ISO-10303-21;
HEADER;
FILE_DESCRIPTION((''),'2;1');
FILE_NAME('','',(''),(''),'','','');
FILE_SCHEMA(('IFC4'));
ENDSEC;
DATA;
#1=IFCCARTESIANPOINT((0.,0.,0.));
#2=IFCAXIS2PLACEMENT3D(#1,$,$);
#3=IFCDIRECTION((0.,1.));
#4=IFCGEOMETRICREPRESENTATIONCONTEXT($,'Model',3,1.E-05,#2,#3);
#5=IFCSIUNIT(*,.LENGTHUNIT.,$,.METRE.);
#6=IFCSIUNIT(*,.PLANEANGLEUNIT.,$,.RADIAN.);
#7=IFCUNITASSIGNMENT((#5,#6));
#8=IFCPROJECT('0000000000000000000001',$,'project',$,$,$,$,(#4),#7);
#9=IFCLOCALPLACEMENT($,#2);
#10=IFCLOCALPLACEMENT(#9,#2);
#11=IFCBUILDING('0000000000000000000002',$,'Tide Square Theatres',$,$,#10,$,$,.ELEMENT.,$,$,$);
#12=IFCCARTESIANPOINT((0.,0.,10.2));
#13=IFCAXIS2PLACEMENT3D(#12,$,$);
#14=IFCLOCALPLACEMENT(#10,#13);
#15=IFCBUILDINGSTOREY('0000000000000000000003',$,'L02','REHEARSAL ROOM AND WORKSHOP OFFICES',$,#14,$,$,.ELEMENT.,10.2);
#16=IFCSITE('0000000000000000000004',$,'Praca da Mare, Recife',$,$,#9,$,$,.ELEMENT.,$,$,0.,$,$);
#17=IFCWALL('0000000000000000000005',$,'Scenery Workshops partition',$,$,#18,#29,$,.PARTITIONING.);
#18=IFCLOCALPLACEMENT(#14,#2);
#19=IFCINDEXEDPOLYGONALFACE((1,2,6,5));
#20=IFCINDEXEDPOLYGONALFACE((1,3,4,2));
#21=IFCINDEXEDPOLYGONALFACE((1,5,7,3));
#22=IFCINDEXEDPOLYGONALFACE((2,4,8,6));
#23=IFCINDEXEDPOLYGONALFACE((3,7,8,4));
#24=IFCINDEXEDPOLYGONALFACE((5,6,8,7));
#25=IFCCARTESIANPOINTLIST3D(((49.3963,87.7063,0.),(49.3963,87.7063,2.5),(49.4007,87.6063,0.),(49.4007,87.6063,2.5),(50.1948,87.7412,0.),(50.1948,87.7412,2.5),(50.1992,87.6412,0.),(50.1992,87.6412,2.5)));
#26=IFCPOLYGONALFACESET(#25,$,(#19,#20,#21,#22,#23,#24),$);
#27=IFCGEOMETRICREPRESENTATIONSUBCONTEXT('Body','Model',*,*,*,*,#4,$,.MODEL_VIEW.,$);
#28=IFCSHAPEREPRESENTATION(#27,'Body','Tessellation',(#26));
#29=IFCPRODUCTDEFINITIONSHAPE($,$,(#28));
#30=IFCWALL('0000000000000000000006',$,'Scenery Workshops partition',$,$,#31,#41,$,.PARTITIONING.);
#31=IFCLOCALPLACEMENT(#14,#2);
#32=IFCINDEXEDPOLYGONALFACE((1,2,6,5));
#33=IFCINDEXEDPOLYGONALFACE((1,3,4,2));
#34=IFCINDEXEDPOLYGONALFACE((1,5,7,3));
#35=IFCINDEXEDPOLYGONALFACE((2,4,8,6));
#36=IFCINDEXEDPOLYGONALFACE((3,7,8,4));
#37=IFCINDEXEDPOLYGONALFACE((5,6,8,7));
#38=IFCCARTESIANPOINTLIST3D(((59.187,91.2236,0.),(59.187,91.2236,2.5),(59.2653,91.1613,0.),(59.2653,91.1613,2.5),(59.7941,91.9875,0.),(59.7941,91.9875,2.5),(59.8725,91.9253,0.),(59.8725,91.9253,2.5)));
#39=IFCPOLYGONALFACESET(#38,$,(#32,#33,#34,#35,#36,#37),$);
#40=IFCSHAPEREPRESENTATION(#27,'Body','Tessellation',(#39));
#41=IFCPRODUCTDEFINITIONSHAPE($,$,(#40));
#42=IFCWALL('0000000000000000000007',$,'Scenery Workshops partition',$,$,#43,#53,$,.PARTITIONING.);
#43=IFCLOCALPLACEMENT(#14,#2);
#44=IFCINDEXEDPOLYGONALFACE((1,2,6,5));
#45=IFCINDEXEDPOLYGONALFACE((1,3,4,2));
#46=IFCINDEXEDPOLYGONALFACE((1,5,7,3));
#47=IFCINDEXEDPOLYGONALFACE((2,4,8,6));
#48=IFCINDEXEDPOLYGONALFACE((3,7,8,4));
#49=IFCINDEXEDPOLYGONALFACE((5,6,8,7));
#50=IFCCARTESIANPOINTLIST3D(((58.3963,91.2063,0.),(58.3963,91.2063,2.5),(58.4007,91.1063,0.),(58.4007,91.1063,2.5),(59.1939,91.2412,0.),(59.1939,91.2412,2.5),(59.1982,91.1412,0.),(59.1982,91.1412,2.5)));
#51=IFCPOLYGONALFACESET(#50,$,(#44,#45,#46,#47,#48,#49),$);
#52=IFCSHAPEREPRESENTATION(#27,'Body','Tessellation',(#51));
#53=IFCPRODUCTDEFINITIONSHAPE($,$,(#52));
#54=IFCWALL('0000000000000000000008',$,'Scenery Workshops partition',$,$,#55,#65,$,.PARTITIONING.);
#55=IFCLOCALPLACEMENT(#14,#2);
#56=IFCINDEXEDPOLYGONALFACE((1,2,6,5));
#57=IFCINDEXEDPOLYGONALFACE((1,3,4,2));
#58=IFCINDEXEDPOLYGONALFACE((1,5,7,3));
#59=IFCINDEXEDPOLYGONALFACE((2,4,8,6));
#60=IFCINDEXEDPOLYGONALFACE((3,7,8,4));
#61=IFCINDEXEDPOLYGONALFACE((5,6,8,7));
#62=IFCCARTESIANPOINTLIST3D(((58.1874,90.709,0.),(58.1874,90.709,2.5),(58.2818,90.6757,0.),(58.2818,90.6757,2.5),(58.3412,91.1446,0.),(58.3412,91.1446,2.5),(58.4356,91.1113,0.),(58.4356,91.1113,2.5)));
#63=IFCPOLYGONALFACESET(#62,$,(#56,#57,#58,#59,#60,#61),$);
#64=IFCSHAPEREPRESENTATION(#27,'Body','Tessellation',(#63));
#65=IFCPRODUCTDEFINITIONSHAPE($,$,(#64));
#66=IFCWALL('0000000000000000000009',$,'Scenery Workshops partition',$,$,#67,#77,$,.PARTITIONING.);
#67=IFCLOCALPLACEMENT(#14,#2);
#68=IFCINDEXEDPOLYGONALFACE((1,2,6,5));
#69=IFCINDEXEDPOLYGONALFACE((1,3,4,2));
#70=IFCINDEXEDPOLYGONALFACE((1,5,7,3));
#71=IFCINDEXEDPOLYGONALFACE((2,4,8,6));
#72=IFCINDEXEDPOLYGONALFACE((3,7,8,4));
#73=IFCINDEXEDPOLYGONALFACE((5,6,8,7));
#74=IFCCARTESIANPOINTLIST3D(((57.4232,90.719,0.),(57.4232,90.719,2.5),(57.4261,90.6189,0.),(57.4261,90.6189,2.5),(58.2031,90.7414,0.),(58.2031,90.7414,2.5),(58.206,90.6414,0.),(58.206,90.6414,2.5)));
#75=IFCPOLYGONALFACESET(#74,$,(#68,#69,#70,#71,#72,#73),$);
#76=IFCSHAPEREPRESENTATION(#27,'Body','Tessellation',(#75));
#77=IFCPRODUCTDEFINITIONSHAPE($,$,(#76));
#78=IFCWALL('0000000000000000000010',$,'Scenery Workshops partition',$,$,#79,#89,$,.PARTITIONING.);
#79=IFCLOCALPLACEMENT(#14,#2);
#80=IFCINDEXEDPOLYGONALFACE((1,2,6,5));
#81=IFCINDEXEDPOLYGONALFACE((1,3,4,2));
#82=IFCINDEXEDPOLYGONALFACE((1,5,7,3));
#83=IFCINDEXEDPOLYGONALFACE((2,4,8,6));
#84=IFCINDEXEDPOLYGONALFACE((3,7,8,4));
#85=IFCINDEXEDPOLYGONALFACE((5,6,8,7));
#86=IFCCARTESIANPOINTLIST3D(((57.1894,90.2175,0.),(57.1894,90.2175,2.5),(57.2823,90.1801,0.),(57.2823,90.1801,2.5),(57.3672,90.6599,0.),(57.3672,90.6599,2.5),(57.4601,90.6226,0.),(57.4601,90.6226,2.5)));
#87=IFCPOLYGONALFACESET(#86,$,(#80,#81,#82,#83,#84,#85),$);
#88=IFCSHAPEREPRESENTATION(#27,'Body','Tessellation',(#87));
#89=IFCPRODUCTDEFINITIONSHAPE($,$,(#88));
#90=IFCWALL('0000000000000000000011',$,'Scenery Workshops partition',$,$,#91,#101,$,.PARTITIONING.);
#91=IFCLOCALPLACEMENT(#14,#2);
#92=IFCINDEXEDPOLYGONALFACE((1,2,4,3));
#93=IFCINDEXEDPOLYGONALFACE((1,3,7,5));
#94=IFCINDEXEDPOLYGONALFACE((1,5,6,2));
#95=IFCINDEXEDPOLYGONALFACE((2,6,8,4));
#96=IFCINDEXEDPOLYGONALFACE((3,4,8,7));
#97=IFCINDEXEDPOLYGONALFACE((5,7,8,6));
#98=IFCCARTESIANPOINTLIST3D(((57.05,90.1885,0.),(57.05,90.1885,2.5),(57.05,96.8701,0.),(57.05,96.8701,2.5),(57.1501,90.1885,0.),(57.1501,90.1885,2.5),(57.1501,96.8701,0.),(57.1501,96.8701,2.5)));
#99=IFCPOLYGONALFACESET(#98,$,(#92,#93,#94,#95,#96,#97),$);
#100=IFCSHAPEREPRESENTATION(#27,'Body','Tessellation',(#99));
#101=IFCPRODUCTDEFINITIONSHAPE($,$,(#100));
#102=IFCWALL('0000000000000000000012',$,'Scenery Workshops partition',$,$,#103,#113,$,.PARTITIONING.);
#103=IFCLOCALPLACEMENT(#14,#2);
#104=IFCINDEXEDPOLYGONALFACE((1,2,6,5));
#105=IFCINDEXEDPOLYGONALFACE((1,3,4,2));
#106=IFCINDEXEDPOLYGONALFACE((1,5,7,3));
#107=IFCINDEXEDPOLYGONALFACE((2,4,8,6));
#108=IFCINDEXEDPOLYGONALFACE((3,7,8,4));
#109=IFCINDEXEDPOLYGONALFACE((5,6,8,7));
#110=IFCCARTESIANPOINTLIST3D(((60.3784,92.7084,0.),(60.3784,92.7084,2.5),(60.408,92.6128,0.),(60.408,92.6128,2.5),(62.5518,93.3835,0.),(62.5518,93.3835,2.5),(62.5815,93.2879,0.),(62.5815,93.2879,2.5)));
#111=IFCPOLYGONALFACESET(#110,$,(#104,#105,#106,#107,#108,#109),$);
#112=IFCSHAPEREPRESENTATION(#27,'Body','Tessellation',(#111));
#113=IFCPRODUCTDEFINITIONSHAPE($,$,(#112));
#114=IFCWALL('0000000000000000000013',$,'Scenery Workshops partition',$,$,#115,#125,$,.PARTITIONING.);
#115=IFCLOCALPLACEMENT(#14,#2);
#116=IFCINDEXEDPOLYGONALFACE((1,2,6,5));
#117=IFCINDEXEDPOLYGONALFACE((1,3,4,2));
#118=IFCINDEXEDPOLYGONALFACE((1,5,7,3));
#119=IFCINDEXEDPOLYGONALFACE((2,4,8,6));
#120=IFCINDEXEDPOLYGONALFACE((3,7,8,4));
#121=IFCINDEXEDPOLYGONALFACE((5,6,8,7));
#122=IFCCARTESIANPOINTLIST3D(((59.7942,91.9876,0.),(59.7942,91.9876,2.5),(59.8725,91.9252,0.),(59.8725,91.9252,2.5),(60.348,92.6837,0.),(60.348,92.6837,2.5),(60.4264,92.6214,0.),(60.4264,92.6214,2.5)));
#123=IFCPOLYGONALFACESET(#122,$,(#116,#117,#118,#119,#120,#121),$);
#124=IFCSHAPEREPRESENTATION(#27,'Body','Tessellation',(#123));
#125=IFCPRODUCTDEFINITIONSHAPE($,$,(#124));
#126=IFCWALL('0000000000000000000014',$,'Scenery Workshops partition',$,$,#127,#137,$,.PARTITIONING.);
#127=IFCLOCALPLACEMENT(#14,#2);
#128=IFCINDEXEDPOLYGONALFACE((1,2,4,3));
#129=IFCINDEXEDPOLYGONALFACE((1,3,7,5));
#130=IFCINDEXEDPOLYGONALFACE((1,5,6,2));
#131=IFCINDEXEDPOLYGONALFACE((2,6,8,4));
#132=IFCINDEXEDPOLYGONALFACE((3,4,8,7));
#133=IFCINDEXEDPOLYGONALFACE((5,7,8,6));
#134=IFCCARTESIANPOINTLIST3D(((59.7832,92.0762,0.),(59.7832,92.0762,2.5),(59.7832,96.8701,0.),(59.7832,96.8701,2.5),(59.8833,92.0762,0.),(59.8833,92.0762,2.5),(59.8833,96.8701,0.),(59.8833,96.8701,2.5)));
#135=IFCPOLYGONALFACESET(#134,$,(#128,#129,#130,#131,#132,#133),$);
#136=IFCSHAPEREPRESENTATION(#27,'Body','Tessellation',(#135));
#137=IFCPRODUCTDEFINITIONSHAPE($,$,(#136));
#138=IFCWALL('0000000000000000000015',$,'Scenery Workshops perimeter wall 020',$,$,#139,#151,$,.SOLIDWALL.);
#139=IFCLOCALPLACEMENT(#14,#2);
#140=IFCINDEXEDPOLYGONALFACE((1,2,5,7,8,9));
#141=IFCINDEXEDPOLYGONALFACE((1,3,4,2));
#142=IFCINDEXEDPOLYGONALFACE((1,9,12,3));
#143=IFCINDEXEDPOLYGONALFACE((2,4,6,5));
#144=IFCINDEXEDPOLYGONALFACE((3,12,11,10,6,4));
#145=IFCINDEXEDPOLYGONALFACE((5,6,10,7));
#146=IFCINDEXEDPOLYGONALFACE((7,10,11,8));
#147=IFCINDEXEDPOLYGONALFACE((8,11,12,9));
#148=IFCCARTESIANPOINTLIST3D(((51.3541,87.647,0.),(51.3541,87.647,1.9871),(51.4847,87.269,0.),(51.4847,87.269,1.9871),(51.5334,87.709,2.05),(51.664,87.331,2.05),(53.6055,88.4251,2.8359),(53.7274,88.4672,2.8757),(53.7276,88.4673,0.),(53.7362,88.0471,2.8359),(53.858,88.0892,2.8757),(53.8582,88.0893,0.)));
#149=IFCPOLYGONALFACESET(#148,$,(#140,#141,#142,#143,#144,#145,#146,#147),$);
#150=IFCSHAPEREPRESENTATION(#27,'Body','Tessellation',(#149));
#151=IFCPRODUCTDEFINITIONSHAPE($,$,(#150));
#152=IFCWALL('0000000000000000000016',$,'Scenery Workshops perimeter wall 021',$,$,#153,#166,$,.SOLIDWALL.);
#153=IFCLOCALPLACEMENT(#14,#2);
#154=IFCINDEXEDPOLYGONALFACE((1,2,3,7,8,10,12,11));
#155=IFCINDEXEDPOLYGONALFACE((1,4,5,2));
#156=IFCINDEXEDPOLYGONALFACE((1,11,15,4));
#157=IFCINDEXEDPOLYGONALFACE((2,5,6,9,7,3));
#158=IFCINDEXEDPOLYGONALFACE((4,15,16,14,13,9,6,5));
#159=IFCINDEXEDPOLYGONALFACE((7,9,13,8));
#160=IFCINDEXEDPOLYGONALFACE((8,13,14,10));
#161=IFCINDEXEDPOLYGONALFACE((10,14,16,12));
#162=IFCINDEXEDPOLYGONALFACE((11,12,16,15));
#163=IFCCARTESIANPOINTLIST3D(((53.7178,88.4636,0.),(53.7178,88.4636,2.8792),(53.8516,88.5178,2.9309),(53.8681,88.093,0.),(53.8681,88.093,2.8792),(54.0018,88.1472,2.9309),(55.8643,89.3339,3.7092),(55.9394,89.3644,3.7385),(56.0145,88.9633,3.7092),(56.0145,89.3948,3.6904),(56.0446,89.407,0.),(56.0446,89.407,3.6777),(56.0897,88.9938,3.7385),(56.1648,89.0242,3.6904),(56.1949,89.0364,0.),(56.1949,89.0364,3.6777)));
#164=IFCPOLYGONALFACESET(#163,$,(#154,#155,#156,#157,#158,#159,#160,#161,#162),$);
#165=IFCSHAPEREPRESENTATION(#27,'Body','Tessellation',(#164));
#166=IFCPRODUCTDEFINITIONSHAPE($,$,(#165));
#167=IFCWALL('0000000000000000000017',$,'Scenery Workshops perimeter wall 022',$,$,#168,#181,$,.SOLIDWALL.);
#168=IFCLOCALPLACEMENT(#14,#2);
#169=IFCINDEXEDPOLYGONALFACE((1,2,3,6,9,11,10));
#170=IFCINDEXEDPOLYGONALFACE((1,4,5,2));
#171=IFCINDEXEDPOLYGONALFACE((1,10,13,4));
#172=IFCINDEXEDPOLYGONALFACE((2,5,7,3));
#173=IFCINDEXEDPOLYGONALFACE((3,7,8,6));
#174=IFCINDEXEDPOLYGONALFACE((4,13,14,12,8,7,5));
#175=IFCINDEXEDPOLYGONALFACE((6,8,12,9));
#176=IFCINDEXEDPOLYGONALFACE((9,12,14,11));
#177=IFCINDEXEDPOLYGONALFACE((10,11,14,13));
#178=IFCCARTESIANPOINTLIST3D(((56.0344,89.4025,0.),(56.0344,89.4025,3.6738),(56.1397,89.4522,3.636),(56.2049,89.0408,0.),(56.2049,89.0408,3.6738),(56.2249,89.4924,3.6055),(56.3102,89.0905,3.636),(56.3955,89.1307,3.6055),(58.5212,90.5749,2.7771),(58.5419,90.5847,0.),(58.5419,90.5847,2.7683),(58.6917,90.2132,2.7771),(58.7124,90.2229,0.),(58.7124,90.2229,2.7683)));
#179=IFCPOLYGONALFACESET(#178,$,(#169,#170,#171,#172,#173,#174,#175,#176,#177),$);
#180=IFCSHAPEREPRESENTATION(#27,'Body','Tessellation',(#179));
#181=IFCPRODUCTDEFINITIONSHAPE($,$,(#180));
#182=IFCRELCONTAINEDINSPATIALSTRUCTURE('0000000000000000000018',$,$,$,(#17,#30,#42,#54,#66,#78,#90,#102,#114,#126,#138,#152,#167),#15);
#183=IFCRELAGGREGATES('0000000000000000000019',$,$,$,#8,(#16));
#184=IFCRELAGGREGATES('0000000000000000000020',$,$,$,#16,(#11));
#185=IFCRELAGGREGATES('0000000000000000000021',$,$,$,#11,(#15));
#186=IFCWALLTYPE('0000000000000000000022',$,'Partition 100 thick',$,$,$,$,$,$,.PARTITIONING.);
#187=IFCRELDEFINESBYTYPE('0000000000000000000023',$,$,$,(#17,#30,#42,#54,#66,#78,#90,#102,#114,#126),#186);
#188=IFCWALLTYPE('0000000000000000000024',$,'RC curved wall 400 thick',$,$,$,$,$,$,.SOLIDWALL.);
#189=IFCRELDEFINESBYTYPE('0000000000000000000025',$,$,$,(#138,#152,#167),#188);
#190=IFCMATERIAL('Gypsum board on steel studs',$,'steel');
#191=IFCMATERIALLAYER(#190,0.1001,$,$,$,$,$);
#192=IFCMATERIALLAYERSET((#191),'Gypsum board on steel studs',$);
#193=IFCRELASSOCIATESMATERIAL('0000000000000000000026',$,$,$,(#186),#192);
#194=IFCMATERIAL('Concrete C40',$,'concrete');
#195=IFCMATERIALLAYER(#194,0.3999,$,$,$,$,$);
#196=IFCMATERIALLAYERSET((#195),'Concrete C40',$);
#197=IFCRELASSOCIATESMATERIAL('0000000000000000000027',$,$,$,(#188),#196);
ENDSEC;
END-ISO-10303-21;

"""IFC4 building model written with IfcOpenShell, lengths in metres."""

from ifc_helpers import new_model, si_unit, direction, frame, frame_2d, origin, place, context, subcontext, project, spatial, polyline, rectangle, outline, extrude, material, layer, layer_set, type_object, element, save


model = new_model("IFC4")

# Units and contexts
model_context = context("Model", 3, precision=1e-05, world=origin(), true_north=direction((0.0, 1.0)))
body_context = subcontext(model_context, "Body", "Model", "MODEL_VIEW")
ifc_project = project(units=[si_unit("LENGTHUNIT", "METRE"), si_unit("PLANEANGLEUNIT", "RADIAN")], contexts=[model_context])

# Site, building, storey
site_placement = place(None, origin())
site = spatial("IfcSite", under=ifc_project, at=site_placement, Name="Praca da Mare, Recife", CompositionType="ELEMENT", RefElevation=0.0)
building_placement = place(site_placement, origin())
building = spatial("IfcBuilding", under=site, at=building_placement, Name="Tide Square Theatres", CompositionType="ELEMENT")
storey_placement = place(building_placement, frame((0.0, 0.0, 10.2)))
storey = spatial("IfcBuildingStorey", under=building, at=storey_placement, Name="L02", Description="REHEARSAL ROOM AND WORKSHOP OFFICES", CompositionType="ELEMENT", Elevation=10.2)

# Walls
ifc_material_1 = material(Name="Gypsum board on steel studs", Category="steel")
ifc_layer_1 = layer(ifc_material_1, 0.1001)
ifc_layer_set_1 = layer_set([ifc_layer_1], Name="Gypsum board on steel studs")
wall_type_1 = type_object("IfcWallType", Name="Partition 100 thick", PredefinedType="PARTITIONING", material=ifc_layer_set_1)
wall_1_placement = place(storey_placement, frame((50.197, 87.6912, 0.0), z_axis=(0.0, 0.0, 1.0), x_axis=(-0.999046, -0.043676, 0.0)))
element("IfcWall", 1, at=wall_1_placement, inside=storey, type_object=wall_type_1, Name="Scenery Workshops partition", PredefinedType="PARTITIONING", context=body_context, shape_type="SweptSolid", body=[
    extrude(rectangle(XDim=0.7993, YDim=0.1001, at=frame_2d((0.3997, 0.0))), origin(), (0.0, 0.0, 1.0), 2.5),
])
wall_2_placement = place(storey_placement, frame((59.8333, 91.9563, 0.0), z_axis=(0.0, 0.0, 1.0), x_axis=(-0.622221, -0.782842, 0.0)))
element("IfcWall", 2, at=wall_2_placement, inside=storey, type_object=wall_type_1, Name="Scenery Workshops partition", PredefinedType="PARTITIONING", context=body_context, shape_type="SweptSolid", body=[
    extrude(rectangle(XDim=0.9758, YDim=0.1001, at=frame_2d((0.4878, 0.0))), origin(), (0.0, 0.0, 1.0), 2.5),
])
wall_3_placement = place(storey_placement, frame((59.196, 91.1912, 0.0), z_axis=(0.0, 0.0, 1.0), x_axis=(-0.999043, -0.043729, 0.0)))
element("IfcWall", 3, at=wall_3_placement, inside=storey, type_object=wall_type_1, Name="Scenery Workshops partition", PredefinedType="PARTITIONING", context=body_context, shape_type="SweptSolid", body=[
    extrude(rectangle(XDim=0.7983, YDim=0.1001, at=frame_2d((0.3992, 0.0))), origin(), (0.0, 0.0, 1.0), 2.5),
])
wall_4_placement = place(storey_placement, frame((58.3884, 91.1279, 0.0), z_axis=(0.0, 0.0, 1.0), x_axis=(-0.332986, -0.942932, 0.0)))
element("IfcWall", 4, at=wall_4_placement, inside=storey, type_object=wall_type_1, Name="Scenery Workshops partition", PredefinedType="PARTITIONING", context=body_context, shape_type="SweptSolid", body=[
    extrude(rectangle(XDim=0.4619, YDim=0.1001, at=frame_2d((0.231, 0.0))), origin(), (0.0, 0.0, 1.0), 2.5),
])
wall_5_placement = place(storey_placement, frame((58.2046, 90.6914, 0.0), z_axis=(0.0, 0.0, 1.0), x_axis=(-0.999586, -0.028783, 0.0)))
element("IfcWall", 5, at=wall_5_placement, inside=storey, type_object=wall_type_1, Name="Scenery Workshops partition", PredefinedType="PARTITIONING", context=body_context, shape_type="SweptSolid", body=[
    extrude(rectangle(XDim=0.7803, YDim=0.1001, at=frame_2d((0.3901, 0.0))), origin(), (0.0, 0.0, 1.0), 2.5),
])
wall_6_placement = place(storey_placement, frame((57.4136, 90.6411, 0.0), z_axis=(0.0, 0.0, 1.0), x_axis=(-0.372803, -0.927911, 0.0)))
element("IfcWall", 6, at=wall_6_placement, inside=storey, type_object=wall_type_1, Name="Scenery Workshops partition", PredefinedType="PARTITIONING", context=body_context, shape_type="SweptSolid", body=[
    extrude(rectangle(XDim=0.4768, YDim=0.1001, at=frame_2d((0.2383, 0.0))), origin(), (0.0, 0.0, 1.0), 2.5),
])
wall_7_placement = place(storey_placement, frame((57.1001, 90.1885, 0.0), z_axis=(0.0, 0.0, 1.0), x_axis=(0.0, 1.0, 0.0)))
element("IfcWall", 7, at=wall_7_placement, inside=storey, type_object=wall_type_1, Name="Scenery Workshops partition", PredefinedType="PARTITIONING", context=body_context, shape_type="SweptSolid", body=[
    extrude(rectangle(XDim=6.6816, YDim=0.1001, at=frame_2d((3.3408, 0.0))), origin(), (0.0, 0.0, 1.0), 2.5),
])
wall_8_placement = place(storey_placement, frame((62.5667, 93.3357, 0.0), z_axis=(0.0, 0.0, 1.0), x_axis=(-0.954994, -0.296625, 0.0)))
element("IfcWall", 8, at=wall_8_placement, inside=storey, type_object=wall_type_1, Name="Scenery Workshops partition", PredefinedType="PARTITIONING", context=body_context, shape_type="SweptSolid", body=[
    extrude(rectangle(XDim=2.2759, YDim=0.1001, at=frame_2d((1.1379, 0.0))), origin(), (0.0, 0.0, 1.0), 2.5),
])
wall_9_placement = place(storey_placement, frame((60.3872, 92.6526, 0.0), z_axis=(0.0, 0.0, 1.0), x_axis=(-0.622585, -0.782552, 0.0)))
element("IfcWall", 9, at=wall_9_placement, inside=storey, type_object=wall_type_1, Name="Scenery Workshops partition", PredefinedType="PARTITIONING", context=body_context, shape_type="SweptSolid", body=[
    extrude(rectangle(XDim=0.8896, YDim=0.1001, at=frame_2d((0.4448, 0.0))), origin(), (0.0, 0.0, 1.0), 2.5),
])
wall_10_placement = place(storey_placement, frame((59.8333, 96.8701, 0.0), z_axis=(0.0, 0.0, 1.0), x_axis=(0.0, -1.0, 0.0)))
element("IfcWall", 10, at=wall_10_placement, inside=storey, type_object=wall_type_1, Name="Scenery Workshops partition", PredefinedType="PARTITIONING", context=body_context, shape_type="SweptSolid", body=[
    extrude(rectangle(XDim=4.7939, YDim=0.1001, at=frame_2d((2.397, 0.0))), origin(), (0.0, 0.0, 1.0), 2.5),
])
ifc_material_2 = material(Name="Concrete C40", Category="concrete")
ifc_layer_2 = layer(ifc_material_2, 0.3999)
ifc_layer_set_2 = layer_set([ifc_layer_2], Name="Concrete C40")
wall_type_2 = type_object("IfcWallType", Name="RC curved wall 400 thick", PredefinedType="SOLIDWALL", material=ifc_layer_set_2)
wall_11_placement = place(storey_placement, frame((51.4194, 87.458, 0.0), z_axis=(0.0, 0.0, 1.0), x_axis=(0.945145, 0.32665, 0.0)))
element("IfcWall", 11, at=wall_11_placement, inside=storey, type_object=wall_type_2, Name="Scenery Workshops perimeter wall 020", PredefinedType="SOLIDWALL", context=body_context, shape_type="SweptSolid", body=[
    extrude(outline(polyline([(0.0, 0.0), (2.5112, 0.0), (2.511, 2.8757), (2.3821, 2.8359), (0.1897, 2.05), (0.0, 1.9871), (0.0, 0.0)])), frame((0.0, 0.2, 0.0), z_axis=(0.0, -1.0, 0.0), x_axis=(1.0, 0.0, 0.0)), (0.0, 0.0, 1.0), 0.3999),
])
wall_12_placement = place(storey_placement, frame((53.793, 88.2783, 0.0), z_axis=(0.0, 0.0, 1.0), x_axis=(0.926723, 0.375746, 0.0)))
element("IfcWall", 12, at=wall_12_placement, inside=storey, type_object=wall_type_2, Name="Scenery Workshops perimeter wall 021", PredefinedType="SOLIDWALL", context=body_context, shape_type="SweptSolid", body=[
    extrude(outline(polyline([(0.0, 0.0), (2.5107, 0.0), (2.5107, 3.6777), (2.4783, 3.6904), (2.3972, 3.7385), (2.3162, 3.7092), (0.1443, 2.9309), (0.0, 2.8792), (0.0, 0.0)])), frame((0.0, 0.2, 0.0), z_axis=(0.0, -1.0, 0.0), x_axis=(1.0, 0.0, 0.0)), (0.0, 0.0, 1.0), 0.3999),
])
wall_13_placement = place(storey_placement, frame((56.1196, 89.2217, 0.0), z_axis=(0.0, 0.0, 1.0), x_axis=(0.904527, 0.426416, 0.0)))
element("IfcWall", 13, at=wall_13_placement, inside=storey, type_object=wall_type_2, Name="Scenery Workshops perimeter wall 022", PredefinedType="SOLIDWALL", context=body_context, shape_type="SweptSolid", body=[
    extrude(outline(polyline([(0.0, 0.0), (2.7722, 0.0), (2.7722, 2.7683), (2.7493, 2.7771), (0.2107, 3.6055), (0.1165, 3.636), (0.0, 3.6738), (0.0, 0.0)])), frame((0.0, 0.2, 0.0), z_axis=(0.0, -1.0, 0.0), x_axis=(1.0, 0.0, 0.0)), (0.0, 0.0, 1.0), 0.3999),
])

save(model, "model.ifc")
